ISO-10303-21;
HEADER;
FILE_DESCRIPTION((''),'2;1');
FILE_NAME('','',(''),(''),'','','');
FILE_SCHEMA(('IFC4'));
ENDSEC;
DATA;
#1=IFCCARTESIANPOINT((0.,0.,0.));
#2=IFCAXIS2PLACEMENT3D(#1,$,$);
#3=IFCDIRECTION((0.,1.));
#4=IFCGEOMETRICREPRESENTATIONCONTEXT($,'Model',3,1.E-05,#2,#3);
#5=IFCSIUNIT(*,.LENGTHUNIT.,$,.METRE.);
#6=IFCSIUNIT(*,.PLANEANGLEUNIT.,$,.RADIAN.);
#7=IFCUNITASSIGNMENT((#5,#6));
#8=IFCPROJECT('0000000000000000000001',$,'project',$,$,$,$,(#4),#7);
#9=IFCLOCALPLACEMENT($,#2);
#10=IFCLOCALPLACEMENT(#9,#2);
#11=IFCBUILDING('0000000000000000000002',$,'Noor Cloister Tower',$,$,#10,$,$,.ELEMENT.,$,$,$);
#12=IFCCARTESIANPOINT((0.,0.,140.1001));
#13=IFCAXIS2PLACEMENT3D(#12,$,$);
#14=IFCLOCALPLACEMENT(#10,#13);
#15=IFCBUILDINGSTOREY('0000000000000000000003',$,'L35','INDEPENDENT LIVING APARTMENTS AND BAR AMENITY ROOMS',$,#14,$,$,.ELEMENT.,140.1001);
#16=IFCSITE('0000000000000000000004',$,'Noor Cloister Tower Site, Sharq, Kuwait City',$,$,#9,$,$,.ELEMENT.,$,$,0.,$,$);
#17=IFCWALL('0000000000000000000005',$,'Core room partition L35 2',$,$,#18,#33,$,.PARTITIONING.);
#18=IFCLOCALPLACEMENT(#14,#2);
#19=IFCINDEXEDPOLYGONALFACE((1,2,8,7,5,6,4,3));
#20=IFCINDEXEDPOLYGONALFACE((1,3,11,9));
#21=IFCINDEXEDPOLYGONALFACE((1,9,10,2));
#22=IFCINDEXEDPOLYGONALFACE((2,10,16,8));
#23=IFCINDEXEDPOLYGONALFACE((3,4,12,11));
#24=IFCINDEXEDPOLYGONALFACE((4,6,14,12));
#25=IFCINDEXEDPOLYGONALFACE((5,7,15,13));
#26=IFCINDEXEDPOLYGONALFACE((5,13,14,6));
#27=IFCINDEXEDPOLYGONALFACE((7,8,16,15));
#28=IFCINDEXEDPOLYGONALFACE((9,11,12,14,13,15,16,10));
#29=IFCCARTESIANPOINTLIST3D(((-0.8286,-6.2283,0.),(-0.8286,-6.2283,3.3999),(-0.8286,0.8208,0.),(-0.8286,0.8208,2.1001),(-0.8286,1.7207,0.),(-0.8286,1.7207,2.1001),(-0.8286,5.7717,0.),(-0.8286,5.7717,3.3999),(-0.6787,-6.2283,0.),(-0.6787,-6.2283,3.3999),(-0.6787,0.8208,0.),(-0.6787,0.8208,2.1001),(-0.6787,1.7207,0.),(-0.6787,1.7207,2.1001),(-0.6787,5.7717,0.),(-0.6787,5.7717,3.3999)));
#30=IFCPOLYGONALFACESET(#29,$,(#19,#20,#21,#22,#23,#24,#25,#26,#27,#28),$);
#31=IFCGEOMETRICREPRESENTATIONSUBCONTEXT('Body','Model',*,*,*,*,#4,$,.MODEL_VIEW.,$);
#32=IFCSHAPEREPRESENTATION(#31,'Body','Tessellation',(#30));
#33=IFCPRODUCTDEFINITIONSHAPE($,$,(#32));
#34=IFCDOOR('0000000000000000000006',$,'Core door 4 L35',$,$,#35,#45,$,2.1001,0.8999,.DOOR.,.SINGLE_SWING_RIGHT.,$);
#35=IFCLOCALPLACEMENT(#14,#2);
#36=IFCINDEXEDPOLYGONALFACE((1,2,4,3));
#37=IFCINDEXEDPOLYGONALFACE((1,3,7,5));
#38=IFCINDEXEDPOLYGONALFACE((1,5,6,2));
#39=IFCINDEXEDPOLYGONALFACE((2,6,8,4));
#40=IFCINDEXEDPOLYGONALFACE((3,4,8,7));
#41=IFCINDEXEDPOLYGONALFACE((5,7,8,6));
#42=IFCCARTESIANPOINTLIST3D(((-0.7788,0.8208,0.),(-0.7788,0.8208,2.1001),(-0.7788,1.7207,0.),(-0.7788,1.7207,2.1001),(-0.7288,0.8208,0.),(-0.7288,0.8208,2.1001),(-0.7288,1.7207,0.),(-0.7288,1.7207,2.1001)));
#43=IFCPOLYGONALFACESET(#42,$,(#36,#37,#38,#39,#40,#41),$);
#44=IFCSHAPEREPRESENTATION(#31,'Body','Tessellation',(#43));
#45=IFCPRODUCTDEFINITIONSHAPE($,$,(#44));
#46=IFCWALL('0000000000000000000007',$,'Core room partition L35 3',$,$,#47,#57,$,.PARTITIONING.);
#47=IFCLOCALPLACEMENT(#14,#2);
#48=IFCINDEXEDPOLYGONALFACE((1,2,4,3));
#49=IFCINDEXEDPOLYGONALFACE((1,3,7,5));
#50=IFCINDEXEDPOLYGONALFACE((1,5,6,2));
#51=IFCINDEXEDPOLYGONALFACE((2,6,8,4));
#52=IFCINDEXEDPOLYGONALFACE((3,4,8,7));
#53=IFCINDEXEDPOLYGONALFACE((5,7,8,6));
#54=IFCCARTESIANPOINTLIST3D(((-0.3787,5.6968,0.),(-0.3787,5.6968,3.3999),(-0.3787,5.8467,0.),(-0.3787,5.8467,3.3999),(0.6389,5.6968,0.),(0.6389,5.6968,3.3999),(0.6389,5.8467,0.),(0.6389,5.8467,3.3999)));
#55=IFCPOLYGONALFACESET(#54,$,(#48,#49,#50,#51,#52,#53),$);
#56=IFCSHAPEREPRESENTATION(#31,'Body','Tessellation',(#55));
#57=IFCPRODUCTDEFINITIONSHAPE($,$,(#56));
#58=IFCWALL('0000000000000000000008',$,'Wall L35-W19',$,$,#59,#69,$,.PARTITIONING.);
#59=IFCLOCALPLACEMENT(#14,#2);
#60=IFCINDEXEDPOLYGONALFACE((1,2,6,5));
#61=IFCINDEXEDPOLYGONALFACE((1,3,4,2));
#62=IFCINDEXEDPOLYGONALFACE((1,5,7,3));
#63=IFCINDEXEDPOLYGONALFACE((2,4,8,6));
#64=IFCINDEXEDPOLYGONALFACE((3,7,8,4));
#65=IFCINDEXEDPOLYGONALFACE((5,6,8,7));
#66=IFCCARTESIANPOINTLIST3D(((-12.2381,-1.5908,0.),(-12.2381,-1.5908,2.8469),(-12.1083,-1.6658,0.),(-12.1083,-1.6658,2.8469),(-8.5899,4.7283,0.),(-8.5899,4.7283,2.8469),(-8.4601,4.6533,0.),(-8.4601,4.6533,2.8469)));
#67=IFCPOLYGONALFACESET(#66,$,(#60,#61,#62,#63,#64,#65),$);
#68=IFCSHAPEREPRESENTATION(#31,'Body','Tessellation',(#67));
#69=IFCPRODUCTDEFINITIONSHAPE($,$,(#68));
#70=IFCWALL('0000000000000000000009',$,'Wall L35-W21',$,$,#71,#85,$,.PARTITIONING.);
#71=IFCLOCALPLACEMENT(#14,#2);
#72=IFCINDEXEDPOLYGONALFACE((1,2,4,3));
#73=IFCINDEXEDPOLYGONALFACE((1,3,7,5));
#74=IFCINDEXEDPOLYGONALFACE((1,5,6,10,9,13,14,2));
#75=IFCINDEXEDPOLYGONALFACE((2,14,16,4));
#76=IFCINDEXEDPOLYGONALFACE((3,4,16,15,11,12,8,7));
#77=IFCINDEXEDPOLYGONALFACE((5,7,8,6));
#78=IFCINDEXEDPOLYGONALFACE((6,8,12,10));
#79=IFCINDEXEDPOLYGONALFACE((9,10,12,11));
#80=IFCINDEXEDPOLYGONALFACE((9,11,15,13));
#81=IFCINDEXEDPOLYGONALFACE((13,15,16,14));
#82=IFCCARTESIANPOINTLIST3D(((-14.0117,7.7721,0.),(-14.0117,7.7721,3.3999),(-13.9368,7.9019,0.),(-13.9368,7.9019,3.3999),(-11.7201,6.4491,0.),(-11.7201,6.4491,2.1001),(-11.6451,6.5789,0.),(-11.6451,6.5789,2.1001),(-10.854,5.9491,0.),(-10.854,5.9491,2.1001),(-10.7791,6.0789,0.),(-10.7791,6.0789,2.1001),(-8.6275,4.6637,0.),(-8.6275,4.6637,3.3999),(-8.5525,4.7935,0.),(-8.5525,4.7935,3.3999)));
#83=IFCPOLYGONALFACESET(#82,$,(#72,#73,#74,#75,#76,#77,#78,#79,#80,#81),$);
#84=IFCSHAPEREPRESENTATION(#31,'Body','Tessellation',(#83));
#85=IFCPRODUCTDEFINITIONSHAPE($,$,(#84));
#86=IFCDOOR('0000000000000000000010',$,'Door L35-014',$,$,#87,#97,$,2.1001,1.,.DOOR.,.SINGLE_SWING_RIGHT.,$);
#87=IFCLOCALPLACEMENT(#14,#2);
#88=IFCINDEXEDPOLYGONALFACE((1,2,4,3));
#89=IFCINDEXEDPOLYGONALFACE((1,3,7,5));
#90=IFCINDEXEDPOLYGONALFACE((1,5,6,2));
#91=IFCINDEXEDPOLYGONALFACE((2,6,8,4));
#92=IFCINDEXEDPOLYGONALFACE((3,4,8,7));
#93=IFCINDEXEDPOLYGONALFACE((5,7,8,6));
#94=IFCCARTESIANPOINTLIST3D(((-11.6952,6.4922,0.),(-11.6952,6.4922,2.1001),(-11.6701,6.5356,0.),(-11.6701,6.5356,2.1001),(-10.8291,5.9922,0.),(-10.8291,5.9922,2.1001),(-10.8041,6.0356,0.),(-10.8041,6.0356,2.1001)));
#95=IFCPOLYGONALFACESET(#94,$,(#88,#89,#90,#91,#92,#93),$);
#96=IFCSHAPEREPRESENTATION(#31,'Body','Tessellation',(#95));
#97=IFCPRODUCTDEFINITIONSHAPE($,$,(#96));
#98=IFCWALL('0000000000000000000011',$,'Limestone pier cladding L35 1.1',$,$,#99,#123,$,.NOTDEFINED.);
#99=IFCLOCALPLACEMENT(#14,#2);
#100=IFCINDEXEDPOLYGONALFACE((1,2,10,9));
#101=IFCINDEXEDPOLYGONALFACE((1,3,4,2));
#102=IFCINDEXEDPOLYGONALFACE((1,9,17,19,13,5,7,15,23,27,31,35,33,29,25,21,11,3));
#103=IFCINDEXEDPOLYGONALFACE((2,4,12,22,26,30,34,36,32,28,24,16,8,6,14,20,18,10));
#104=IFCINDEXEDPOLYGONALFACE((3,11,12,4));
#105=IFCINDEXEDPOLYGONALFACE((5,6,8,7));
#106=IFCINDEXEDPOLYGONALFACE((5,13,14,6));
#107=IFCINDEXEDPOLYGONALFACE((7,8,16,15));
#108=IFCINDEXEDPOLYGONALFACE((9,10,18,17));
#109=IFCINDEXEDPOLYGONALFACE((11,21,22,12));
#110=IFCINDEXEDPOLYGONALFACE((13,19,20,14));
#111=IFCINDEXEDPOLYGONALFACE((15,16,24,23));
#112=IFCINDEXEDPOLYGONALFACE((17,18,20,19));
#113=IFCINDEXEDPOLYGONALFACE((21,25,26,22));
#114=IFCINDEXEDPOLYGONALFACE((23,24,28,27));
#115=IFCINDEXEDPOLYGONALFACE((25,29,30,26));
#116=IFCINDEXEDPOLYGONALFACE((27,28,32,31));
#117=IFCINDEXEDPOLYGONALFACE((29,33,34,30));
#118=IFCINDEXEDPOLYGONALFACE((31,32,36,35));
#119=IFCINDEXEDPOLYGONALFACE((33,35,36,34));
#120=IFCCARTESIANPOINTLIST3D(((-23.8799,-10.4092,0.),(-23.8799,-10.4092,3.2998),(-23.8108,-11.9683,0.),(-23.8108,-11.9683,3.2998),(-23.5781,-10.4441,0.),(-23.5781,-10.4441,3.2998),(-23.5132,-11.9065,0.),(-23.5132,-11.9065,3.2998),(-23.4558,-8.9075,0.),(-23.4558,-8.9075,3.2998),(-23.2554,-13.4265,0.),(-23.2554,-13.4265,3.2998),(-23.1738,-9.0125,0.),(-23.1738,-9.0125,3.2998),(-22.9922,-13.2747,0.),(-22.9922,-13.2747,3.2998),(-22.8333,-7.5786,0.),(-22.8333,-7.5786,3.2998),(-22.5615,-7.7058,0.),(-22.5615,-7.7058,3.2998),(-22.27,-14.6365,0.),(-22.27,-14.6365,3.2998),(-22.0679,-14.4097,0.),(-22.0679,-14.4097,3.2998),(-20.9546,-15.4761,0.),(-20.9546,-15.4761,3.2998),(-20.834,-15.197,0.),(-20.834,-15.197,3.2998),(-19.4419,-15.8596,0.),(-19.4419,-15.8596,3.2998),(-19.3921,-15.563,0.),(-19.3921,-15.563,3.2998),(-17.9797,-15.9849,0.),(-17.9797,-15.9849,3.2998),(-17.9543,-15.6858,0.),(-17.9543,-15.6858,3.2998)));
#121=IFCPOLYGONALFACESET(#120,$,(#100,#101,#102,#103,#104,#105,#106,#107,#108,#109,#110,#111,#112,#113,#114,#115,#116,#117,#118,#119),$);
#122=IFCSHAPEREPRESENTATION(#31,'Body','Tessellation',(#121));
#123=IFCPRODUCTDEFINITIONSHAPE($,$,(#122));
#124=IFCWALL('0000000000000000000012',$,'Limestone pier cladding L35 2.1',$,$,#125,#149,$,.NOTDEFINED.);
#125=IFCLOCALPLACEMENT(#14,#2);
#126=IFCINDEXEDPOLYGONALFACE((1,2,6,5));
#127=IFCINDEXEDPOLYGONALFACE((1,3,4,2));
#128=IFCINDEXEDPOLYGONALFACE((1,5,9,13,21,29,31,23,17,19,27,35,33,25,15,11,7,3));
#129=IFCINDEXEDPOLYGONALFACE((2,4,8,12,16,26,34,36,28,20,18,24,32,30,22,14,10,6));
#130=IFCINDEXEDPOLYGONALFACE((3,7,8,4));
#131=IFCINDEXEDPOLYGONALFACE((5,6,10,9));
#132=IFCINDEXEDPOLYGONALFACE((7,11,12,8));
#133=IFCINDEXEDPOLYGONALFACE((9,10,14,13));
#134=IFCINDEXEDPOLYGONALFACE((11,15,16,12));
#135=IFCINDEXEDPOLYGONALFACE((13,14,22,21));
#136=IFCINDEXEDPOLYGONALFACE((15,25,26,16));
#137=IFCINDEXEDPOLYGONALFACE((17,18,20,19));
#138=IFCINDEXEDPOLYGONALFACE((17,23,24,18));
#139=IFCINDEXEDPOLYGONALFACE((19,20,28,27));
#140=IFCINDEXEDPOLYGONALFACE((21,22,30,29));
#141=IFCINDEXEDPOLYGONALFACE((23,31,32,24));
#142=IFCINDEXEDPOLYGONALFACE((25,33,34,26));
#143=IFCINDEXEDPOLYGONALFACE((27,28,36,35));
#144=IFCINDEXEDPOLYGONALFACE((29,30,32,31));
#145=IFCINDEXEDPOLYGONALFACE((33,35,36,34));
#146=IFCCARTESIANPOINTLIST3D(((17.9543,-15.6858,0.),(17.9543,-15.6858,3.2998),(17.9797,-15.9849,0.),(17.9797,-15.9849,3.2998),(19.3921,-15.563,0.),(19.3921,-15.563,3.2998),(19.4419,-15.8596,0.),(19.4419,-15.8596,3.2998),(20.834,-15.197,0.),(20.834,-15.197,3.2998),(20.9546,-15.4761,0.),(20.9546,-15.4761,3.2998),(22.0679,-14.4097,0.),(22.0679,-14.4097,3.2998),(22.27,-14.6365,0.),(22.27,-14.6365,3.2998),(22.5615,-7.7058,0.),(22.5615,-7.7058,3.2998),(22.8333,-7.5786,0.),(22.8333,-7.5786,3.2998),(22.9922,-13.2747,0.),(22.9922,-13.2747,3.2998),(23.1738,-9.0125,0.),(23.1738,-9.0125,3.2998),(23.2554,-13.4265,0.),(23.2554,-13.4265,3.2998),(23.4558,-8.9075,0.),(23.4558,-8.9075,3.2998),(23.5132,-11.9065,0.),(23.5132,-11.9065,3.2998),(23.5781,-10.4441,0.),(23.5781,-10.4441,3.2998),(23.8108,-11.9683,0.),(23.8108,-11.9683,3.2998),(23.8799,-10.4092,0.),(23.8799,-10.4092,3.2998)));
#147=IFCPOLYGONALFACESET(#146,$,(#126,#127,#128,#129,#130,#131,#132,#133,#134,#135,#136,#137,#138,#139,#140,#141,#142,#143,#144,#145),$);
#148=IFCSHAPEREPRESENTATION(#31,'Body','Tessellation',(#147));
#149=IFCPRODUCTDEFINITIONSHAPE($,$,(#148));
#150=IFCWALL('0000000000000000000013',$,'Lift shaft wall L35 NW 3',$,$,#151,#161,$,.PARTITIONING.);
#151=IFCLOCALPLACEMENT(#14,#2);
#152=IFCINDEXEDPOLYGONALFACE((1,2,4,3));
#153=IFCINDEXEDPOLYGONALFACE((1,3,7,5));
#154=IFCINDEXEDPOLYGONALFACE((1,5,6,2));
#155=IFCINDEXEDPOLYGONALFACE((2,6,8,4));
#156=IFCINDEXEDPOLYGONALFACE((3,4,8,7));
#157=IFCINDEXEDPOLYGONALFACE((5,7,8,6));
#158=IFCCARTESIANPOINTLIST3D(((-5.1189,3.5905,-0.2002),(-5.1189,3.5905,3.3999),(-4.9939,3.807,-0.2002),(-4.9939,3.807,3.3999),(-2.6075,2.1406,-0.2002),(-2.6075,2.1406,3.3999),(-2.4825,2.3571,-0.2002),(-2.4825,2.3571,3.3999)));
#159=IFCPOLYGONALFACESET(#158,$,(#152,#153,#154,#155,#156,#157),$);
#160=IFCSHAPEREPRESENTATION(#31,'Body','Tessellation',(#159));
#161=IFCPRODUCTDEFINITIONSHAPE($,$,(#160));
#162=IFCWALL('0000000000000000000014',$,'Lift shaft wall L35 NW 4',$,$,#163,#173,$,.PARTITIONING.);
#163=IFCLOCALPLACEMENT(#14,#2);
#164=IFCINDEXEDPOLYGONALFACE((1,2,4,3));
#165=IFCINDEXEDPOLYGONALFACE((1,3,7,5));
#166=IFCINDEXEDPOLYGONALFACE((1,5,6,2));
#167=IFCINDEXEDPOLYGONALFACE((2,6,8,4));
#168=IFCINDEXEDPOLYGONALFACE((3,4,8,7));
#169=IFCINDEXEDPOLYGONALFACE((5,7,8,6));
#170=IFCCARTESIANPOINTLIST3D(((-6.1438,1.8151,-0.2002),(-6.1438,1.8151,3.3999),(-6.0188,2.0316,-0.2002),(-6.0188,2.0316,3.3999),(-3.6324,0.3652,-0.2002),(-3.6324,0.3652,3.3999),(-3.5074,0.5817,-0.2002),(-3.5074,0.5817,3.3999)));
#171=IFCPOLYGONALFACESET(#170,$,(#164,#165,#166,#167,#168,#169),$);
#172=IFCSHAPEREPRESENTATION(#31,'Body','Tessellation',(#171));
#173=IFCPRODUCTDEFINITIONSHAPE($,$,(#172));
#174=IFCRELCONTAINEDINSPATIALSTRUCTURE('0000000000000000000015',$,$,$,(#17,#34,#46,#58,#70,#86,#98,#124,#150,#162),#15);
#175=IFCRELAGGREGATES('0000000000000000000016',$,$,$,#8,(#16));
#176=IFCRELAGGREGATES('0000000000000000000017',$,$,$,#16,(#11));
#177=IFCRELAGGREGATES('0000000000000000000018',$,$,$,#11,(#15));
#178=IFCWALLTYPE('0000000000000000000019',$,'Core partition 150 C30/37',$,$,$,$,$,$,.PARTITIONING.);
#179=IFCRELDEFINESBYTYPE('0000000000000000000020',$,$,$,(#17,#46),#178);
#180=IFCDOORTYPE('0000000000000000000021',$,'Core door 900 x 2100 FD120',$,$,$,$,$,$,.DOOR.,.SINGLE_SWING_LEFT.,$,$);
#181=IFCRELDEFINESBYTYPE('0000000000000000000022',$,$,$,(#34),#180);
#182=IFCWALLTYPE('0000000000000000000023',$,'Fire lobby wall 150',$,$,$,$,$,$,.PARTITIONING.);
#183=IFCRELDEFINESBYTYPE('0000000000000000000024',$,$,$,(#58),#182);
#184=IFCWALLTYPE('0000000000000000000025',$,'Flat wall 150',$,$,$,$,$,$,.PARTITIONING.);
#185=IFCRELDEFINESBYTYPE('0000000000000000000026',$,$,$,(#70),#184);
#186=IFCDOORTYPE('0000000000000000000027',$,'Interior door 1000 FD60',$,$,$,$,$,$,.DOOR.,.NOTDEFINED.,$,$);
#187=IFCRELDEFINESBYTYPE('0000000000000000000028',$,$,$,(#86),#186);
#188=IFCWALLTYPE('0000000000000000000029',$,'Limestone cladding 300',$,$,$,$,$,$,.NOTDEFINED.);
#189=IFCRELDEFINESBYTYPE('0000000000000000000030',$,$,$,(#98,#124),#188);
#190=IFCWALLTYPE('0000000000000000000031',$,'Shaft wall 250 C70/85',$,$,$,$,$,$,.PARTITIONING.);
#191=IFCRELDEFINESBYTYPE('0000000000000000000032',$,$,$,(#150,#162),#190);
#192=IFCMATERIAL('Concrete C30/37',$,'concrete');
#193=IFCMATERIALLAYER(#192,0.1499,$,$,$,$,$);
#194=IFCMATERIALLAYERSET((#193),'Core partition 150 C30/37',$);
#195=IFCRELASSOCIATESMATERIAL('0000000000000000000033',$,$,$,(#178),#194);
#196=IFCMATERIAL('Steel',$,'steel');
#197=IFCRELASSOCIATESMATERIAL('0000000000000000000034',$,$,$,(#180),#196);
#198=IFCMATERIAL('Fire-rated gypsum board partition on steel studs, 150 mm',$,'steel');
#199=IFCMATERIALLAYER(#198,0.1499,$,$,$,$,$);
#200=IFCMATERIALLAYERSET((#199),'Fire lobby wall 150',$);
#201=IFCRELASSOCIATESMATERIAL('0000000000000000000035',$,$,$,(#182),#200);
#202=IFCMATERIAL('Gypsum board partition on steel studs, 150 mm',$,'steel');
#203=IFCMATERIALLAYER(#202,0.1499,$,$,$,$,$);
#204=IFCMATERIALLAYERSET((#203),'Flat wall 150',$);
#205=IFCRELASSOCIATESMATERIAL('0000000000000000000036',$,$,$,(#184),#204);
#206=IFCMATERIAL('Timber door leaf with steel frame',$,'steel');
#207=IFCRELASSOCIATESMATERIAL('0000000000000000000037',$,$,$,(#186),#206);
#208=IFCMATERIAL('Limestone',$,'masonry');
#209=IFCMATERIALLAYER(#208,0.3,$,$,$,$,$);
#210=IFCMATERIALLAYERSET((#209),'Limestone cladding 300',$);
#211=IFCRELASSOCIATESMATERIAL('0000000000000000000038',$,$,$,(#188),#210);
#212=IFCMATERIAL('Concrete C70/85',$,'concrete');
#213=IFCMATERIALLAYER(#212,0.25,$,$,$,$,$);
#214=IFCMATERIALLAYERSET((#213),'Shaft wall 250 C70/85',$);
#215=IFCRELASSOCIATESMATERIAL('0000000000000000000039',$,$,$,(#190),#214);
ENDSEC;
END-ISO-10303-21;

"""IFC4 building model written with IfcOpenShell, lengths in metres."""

from ifc_helpers import new_model, si_unit, direction, frame, frame_2d, origin, place, context, subcontext, project, spatial, polyline, rectangle, outline, extrude, material, layer, layer_set, type_object, element, fill, save


model = new_model("IFC4")

# Units and contexts
model_context = context("Model", 3, precision=1e-05, world=origin(), true_north=direction((0.0, 1.0)))
body_context = subcontext(model_context, "Body", "Model", "MODEL_VIEW")
ifc_project = project(units=[si_unit("LENGTHUNIT", "METRE"), si_unit("PLANEANGLEUNIT", "RADIAN")], contexts=[model_context])

# Site, building, storey
site_placement = place(None, origin())
site = spatial("IfcSite", under=ifc_project, at=site_placement, Name="Noor Cloister Tower Site, Sharq, Kuwait City", CompositionType="ELEMENT", RefElevation=0.0)
building_placement = place(site_placement, origin())
building = spatial("IfcBuilding", under=site, at=building_placement, Name="Noor Cloister Tower", CompositionType="ELEMENT")
storey_placement = place(building_placement, frame((0.0, 0.0, 140.1001)))
storey = spatial("IfcBuildingStorey", under=building, at=storey_placement, Name="L35", Description="INDEPENDENT LIVING APARTMENTS AND BAR AMENITY ROOMS", CompositionType="ELEMENT", Elevation=140.1001)

# Wall, opening, door
ifc_material_1 = material(Name="Concrete C30/37", Category="concrete")
ifc_layer_1 = layer(ifc_material_1, 0.1499)
ifc_layer_set_1 = layer_set([ifc_layer_1], Name="Core partition 150 C30/37")
wall_type_1 = type_object("IfcWallType", Name="Core partition 150 C30/37", PredefinedType="PARTITIONING", material=ifc_layer_set_1)
wall_1_placement = place(storey_placement, frame((-0.7537, 5.7717, 0.0), z_axis=(0.0, 0.0, 1.0), x_axis=(0.0, -1.0, 0.0)))
wall_1 = element("IfcWall", 1, at=wall_1_placement, inside=storey, type_object=wall_type_1, Name="Core room partition L35 2", PredefinedType="PARTITIONING", context=body_context, shape_type="SweptSolid", body=[
    extrude(rectangle(XDim=12.0, YDim=0.1499, at=frame_2d((6.0, 0.0))), origin(), (0.0, 0.0, 1.0), 3.3999),
])
opening_1_placement = place(wall_1_placement, frame((4.051, 0.0, 0.0)))
opening_1 = element("IfcOpeningElement", 2, at=opening_1_placement, cuts=wall_1, PredefinedType="OPENING", context=body_context, shape_type="SweptSolid", body=[
    extrude(rectangle(XDim=0.8999, YDim=2.1001, at=frame_2d((0.45, 1.05))), frame((0.0, 0.085, 0.0), z_axis=(0.0, -1.0, 0.0), x_axis=(1.0, 0.0, 0.0)), (0.0, 0.0, 1.0), 0.1699),
])
ifc_material_2 = material(Name="Steel", Category="steel")
door_type_1 = type_object("IfcDoorType", Name="Core door 900 x 2100 FD120", OperationType="SINGLE_SWING_LEFT", PredefinedType="DOOR", material=ifc_material_2)
door_1_placement = place(opening_1_placement, origin())
door_1 = element("IfcDoor", 3, at=door_1_placement, inside=storey, type_object=door_type_1, Name="Core door 4 L35", OperationType="SINGLE_SWING_RIGHT", OverallHeight=2.1001, OverallWidth=0.8999, PredefinedType="DOOR", context=body_context, shape_type="SweptSolid", body=[
    extrude(rectangle(XDim=0.8999, YDim=2.1001, at=frame_2d((0.45, 1.05))), frame((0.0, 0.0249, 0.0), z_axis=(0.0, -1.0, 0.0), x_axis=(1.0, 0.0, 0.0)), (0.0, 0.0, 1.0), 0.05),
])
fill(opening_1, door_1)

# Walls
wall_2_placement = place(storey_placement, frame((-0.3787, 5.7717, 0.0), z_axis=(0.0, 0.0, 1.0), x_axis=(1.0, 0.0, 0.0)))
element("IfcWall", 4, at=wall_2_placement, inside=storey, type_object=wall_type_1, Name="Core room partition L35 3", PredefinedType="PARTITIONING", context=body_context, shape_type="SweptSolid", body=[
    extrude(rectangle(XDim=1.0176, YDim=0.1499, at=frame_2d((0.5088, 0.0))), origin(), (0.0, 0.0, 1.0), 3.3999),
])
ifc_material_3 = material(Name="Fire-rated gypsum board partition on steel studs, 150 mm", Category="steel")
ifc_layer_2 = layer(ifc_material_3, 0.1499)
ifc_layer_set_2 = layer_set([ifc_layer_2], Name="Fire lobby wall 150")
wall_type_2 = type_object("IfcWallType", Name="Fire lobby wall 150", PredefinedType="PARTITIONING", material=ifc_layer_set_2)
wall_3_placement = place(storey_placement, frame((-8.5249, 4.6909, 0.0), z_axis=(0.0, 0.0, 1.0), x_axis=(-0.499986, -0.866033, 0.0)))
element("IfcWall", 5, at=wall_3_placement, inside=storey, type_object=wall_type_2, Name="Wall L35-W19", PredefinedType="PARTITIONING", context=body_context, shape_type="SweptSolid", body=[
    extrude(rectangle(XDim=7.2966, YDim=0.1499, at=frame_2d((3.6484, 0.0))), origin(), (0.0, 0.0, 1.0), 2.8469),
])

# Wall, opening, door
ifc_material_4 = material(Name="Gypsum board partition on steel studs, 150 mm", Category="steel")
ifc_layer_3 = layer(ifc_material_4, 0.1499)
ifc_layer_set_3 = layer_set([ifc_layer_3], Name="Flat wall 150")
wall_type_3 = type_object("IfcWallType", Name="Flat wall 150", PredefinedType="PARTITIONING", material=ifc_layer_set_3)
wall_4_placement = place(storey_placement, frame((-13.9741, 7.8369, 0.0), z_axis=(0.0, 0.0, 1.0), x_axis=(0.86604, -0.499974, 0.0)))
wall_4 = element("IfcWall", 6, at=wall_4_placement, inside=storey, type_object=wall_type_3, Name="Wall L35-W21", PredefinedType="PARTITIONING", context=body_context, shape_type="SweptSolid", body=[
    extrude(rectangle(XDim=6.217, YDim=0.1499, at=frame_2d((3.1084, 0.0))), origin(), (0.0, 0.0, 1.0), 3.3999),
])
opening_2_placement = place(wall_4_placement, frame((2.646, 0.0, 0.0)))
opening_2 = element("IfcOpeningElement", 7, at=opening_2_placement, cuts=wall_4, PredefinedType="OPENING", context=body_context, shape_type="SweptSolid", body=[
    extrude(rectangle(XDim=1.0, YDim=2.1001, at=frame_2d((0.5, 1.05))), frame((0.0, 0.085, 0.0), z_axis=(0.0, -1.0, 0.0), x_axis=(1.0, 0.0, 0.0)), (0.0, 0.0, 1.0), 0.1699),
])
ifc_material_5 = material(Name="Timber door leaf with steel frame", Category="steel")
door_type_2 = type_object("IfcDoorType", Name="Interior door 1000 FD60", OperationType="NOTDEFINED", PredefinedType="DOOR", material=ifc_material_5)
door_2_placement = place(opening_2_placement, origin())
door_2 = element("IfcDoor", 8, at=door_2_placement, inside=storey, type_object=door_type_2, Name="Door L35-014", OperationType="SINGLE_SWING_RIGHT", OverallHeight=2.1001, OverallWidth=1.0, PredefinedType="DOOR", context=body_context, shape_type="SweptSolid", body=[
    extrude(rectangle(XDim=1.0, YDim=2.1001, at=frame_2d((0.5, 1.05))), frame((0.0, 0.0249, 0.0), z_axis=(0.0, -1.0, 0.0), x_axis=(1.0, 0.0, 0.0)), (0.0, 0.0, 1.0), 0.05),
])
fill(opening_2, door_2)

# Walls
ifc_material_6 = material(Name="Limestone", Category="masonry")
ifc_layer_4 = layer(ifc_material_6, 0.3)
ifc_layer_set_4 = layer_set([ifc_layer_4], Name="Limestone cladding 300")
wall_type_4 = type_object("IfcWallType", Name="Limestone cladding 300", PredefinedType="NOTDEFINED", material=ifc_layer_set_4)
wall_5_placement = place(storey_placement, origin())
element("IfcWall", 9, at=wall_5_placement, inside=storey, type_object=wall_type_4, Name="Limestone pier cladding L35 1.1", PredefinedType="NOTDEFINED", context=body_context, shape_type="SweptSolid", body=[
    extrude(outline(polyline([(-22.8333, -7.5786), (-23.4558, -8.9075), (-23.8799, -10.4092), (-23.8108, -11.9683), (-23.2554, -13.4265), (-22.27, -14.6365), (-20.9546, -15.4761), (-19.4419, -15.8596), (-17.9797, -15.9849), (-17.9543, -15.6858), (-19.3921, -15.563), (-20.834, -15.197), (-22.0679, -14.4097), (-22.9922, -13.2747), (-23.5132, -11.9065), (-23.5781, -10.4441), (-23.1738, -9.0125), (-22.5615, -7.7058), (-22.8333, -7.5786)])), origin(), (0.0, 0.0, 1.0), 3.2998),
])
wall_6_placement = place(storey_placement, origin())
element("IfcWall", 10, at=wall_6_placement, inside=storey, type_object=wall_type_4, Name="Limestone pier cladding L35 2.1", PredefinedType="NOTDEFINED", context=body_context, shape_type="SweptSolid", body=[
    extrude(outline(polyline([(17.9797, -15.9849), (19.4419, -15.8596), (20.9546, -15.4761), (22.27, -14.6365), (23.2554, -13.4265), (23.8108, -11.9683), (23.8799, -10.4092), (23.4558, -8.9075), (22.8333, -7.5786), (22.5615, -7.7058), (23.1738, -9.0125), (23.5781, -10.4441), (23.5132, -11.9065), (22.9922, -13.2747), (22.0679, -14.4097), (20.834, -15.197), (19.3921, -15.563), (17.9543, -15.6858), (17.9797, -15.9849)])), origin(), (0.0, 0.0, 1.0), 3.2998),
])
ifc_material_7 = material(Name="Concrete C70/85", Category="concrete")
ifc_layer_5 = layer(ifc_material_7, 0.25)
ifc_layer_set_5 = layer_set([ifc_layer_5], Name="Shaft wall 250 C70/85")
wall_type_5 = type_object("IfcWallType", Name="Shaft wall 250 C70/85", PredefinedType="PARTITIONING", material=ifc_layer_set_5)
for number, where, z_axis, x_axis, name in (
    (11, (-5.0564, 3.6987, -0.2002), (0.0, 0.0, 1.0), (0.866033, -0.499987, 0.0), "Lift shaft wall L35 NW 3"),
    (12, (-6.0813, 1.9233, -0.2002), (0.0, 0.0, 1.0), (0.866033, -0.499987, 0.0), "Lift shaft wall L35 NW 4"),
):
    element("IfcWall", number, at=place(storey_placement, frame(where, z_axis=z_axis, x_axis=x_axis)), inside=storey, type_object=wall_type_5, Name=name, PredefinedType="PARTITIONING", context=body_context, shape_type="SweptSolid", body=[
        extrude(rectangle(XDim=2.8999, YDim=0.25, at=frame_2d((1.45, 0.0))), origin(), (0.0, 0.0, 1.0), 3.6001),
    ])

save(model, "model.ifc")
